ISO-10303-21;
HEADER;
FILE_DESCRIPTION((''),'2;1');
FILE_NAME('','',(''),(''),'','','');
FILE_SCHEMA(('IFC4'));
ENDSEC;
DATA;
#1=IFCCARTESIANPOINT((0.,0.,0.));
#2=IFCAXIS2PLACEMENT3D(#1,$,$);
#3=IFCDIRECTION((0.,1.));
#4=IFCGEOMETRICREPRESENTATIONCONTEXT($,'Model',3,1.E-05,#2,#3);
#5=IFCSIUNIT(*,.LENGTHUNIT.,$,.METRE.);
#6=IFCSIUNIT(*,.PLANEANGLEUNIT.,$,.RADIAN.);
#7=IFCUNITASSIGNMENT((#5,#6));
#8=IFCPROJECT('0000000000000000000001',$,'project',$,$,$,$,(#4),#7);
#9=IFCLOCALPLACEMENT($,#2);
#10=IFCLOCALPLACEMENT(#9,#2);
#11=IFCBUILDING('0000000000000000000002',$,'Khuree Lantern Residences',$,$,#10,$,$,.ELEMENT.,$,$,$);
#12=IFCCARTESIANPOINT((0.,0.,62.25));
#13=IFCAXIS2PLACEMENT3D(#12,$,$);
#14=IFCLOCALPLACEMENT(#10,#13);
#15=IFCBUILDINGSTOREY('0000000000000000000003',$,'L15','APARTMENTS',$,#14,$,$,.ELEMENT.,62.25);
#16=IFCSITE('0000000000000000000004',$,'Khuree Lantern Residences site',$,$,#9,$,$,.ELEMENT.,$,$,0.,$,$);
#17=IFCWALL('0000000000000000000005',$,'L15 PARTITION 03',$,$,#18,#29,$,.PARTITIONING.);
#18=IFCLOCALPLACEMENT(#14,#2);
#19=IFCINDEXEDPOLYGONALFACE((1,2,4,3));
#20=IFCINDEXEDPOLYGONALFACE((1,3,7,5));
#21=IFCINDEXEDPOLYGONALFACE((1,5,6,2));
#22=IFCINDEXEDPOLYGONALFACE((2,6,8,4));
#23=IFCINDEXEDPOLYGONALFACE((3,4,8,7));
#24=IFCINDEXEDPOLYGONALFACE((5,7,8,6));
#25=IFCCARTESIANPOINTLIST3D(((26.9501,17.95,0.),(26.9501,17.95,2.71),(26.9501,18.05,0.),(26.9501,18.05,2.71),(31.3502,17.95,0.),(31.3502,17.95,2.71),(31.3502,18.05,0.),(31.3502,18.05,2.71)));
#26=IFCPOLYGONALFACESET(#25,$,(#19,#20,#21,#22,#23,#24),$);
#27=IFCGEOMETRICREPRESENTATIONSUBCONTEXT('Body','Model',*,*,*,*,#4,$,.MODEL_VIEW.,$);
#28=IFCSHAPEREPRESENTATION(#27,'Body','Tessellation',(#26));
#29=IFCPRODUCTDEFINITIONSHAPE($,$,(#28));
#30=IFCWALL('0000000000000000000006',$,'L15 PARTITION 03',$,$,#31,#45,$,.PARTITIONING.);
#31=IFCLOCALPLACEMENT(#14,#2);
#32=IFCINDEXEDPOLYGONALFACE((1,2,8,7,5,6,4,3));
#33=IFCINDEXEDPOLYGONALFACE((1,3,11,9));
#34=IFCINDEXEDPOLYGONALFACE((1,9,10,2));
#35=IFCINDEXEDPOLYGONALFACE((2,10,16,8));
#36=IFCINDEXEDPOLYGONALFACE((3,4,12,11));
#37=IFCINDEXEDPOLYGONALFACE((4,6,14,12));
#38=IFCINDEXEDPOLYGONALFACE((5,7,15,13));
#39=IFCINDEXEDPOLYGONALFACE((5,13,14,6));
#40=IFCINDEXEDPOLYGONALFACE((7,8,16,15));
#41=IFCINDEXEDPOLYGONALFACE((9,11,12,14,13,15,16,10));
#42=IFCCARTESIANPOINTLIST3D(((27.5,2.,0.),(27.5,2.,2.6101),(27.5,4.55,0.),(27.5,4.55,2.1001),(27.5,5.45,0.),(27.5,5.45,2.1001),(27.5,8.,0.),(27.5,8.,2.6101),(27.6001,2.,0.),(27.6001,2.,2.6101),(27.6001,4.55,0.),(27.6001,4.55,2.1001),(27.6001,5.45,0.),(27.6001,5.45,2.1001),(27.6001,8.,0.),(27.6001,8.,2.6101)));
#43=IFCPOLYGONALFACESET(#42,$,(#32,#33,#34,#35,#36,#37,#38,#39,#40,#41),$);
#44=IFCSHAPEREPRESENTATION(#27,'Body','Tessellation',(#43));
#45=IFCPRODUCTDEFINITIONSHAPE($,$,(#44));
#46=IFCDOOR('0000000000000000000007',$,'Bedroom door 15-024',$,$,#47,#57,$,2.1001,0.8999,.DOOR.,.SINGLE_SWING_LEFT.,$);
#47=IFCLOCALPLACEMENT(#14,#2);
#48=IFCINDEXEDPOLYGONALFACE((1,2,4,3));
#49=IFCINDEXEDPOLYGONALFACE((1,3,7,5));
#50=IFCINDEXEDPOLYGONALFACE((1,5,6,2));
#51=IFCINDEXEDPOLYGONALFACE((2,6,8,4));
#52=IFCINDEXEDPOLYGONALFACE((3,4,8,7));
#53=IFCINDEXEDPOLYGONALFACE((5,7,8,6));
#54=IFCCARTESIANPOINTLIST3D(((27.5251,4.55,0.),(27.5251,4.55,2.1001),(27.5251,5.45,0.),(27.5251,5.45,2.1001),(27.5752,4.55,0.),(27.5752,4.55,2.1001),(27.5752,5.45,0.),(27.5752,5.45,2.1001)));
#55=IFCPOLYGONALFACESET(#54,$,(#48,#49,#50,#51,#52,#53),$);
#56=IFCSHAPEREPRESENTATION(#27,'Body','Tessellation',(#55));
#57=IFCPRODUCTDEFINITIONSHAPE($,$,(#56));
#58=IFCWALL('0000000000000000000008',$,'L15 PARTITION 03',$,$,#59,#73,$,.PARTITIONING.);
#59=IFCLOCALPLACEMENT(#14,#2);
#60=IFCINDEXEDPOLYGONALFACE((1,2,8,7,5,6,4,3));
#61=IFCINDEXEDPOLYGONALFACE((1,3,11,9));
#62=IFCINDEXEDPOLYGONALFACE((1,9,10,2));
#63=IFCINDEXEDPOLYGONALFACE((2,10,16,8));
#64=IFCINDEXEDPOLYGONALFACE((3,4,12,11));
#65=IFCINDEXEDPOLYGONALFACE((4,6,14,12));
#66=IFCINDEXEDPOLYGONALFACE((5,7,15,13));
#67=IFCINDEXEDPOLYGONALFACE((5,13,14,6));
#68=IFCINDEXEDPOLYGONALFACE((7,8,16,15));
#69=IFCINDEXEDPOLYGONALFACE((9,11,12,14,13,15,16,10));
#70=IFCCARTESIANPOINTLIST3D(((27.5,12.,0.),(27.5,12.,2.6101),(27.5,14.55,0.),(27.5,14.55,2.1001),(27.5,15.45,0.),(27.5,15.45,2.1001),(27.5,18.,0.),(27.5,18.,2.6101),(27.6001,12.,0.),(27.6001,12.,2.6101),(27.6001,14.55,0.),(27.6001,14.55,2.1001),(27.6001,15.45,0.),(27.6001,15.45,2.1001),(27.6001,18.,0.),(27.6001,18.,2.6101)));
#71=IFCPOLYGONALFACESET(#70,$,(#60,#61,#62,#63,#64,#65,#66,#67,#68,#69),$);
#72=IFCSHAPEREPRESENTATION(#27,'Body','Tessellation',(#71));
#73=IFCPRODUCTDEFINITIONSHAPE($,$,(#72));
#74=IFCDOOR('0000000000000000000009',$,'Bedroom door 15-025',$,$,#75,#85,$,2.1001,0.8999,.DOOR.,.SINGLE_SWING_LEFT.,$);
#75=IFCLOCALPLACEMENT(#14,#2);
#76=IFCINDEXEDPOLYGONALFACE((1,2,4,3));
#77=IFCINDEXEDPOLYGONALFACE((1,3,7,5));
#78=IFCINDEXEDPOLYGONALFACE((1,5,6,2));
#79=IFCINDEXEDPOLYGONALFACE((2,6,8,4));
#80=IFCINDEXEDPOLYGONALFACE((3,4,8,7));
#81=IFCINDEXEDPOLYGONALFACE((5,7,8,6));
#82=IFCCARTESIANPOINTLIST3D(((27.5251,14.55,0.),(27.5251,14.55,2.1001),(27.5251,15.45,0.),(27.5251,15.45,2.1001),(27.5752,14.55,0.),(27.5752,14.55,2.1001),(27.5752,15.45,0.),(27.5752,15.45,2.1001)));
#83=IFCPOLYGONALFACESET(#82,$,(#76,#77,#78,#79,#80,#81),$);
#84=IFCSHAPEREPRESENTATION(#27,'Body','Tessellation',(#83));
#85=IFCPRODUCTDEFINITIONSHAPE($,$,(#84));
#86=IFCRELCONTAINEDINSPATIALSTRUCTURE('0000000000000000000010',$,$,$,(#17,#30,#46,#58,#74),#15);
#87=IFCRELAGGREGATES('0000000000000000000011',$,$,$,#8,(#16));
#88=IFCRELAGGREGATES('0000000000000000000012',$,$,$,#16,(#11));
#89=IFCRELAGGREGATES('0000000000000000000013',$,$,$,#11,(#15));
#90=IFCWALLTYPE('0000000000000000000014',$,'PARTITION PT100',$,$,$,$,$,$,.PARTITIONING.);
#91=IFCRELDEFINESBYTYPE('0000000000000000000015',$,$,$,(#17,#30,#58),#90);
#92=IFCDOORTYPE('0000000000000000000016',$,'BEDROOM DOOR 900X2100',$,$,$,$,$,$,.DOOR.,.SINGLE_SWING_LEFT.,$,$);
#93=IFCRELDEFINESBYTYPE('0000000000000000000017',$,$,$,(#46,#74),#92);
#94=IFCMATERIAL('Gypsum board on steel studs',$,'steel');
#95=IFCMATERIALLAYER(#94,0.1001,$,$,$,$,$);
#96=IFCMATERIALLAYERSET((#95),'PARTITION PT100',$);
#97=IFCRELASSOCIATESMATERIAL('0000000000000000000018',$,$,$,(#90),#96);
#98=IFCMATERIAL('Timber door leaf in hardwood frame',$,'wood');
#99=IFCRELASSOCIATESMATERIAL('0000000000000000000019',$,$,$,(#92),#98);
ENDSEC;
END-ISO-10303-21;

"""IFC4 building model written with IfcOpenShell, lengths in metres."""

from ifc_helpers import new_model, si_unit, direction, frame, frame_2d, origin, place, context, subcontext, project, spatial, rectangle, extrude, material, layer, layer_set, type_object, element, fill, save


model = new_model("IFC4")

# Units and contexts
model_context = context("Model", 3, precision=1e-05, world=origin(), true_north=direction((0.0, 1.0)))
body_context = subcontext(model_context, "Body", "Model", "MODEL_VIEW")
ifc_project = project(units=[si_unit("LENGTHUNIT", "METRE"), si_unit("PLANEANGLEUNIT", "RADIAN")], contexts=[model_context])

# Site, building, storey
site_placement = place(None, origin())
site = spatial("IfcSite", under=ifc_project, at=site_placement, Name="Khuree Lantern Residences site", CompositionType="ELEMENT", RefElevation=0.0)
building_placement = place(site_placement, origin())
building = spatial("IfcBuilding", under=site, at=building_placement, Name="Khuree Lantern Residences", CompositionType="ELEMENT")
storey_placement = place(building_placement, frame((0.0, 0.0, 62.25)))
storey = spatial("IfcBuildingStorey", under=building, at=storey_placement, Name="L15", Description="APARTMENTS", CompositionType="ELEMENT", Elevation=62.25)

# Shared definitions
ifc_material_1 = material(Name="Timber door leaf in hardwood frame", Category="wood")

# Wall
ifc_material_2 = material(Name="Gypsum board on steel studs", Category="steel")
ifc_layer_1 = layer(ifc_material_2, 0.1001)
ifc_layer_set_1 = layer_set([ifc_layer_1], Name="PARTITION PT100")
wall_type_1 = type_object("IfcWallType", Name="PARTITION PT100", PredefinedType="PARTITIONING", material=ifc_layer_set_1)
for number, where, z_axis, x_axis, name in (
    (1, (26.95, 18.0, 0.0), (0.0, 0.0, 1.0), (1.0, 0.0, 0.0), "L15 PARTITION 03"),
):
    element("IfcWall", number, at=place(storey_placement, frame(where, z_axis=z_axis, x_axis=x_axis)), inside=storey, type_object=wall_type_1, Name=name, PredefinedType="PARTITIONING", context=body_context, shape_type="SweptSolid", body=[
        extrude(rectangle(XDim=4.4001, YDim=0.1001, at=frame_2d((2.2002, 0.0))), origin(), (0.0, 0.0, 1.0), 2.71),
    ])

# Walls, openings, doors
wall_1_placement = place(storey_placement, frame((27.55, 2.0, 0.0), z_axis=(0.0, 0.0, 1.0), x_axis=(0.0, 1.0, 0.0)))
wall_1 = element("IfcWall", 2, at=wall_1_placement, inside=storey, type_object=wall_type_1, Name="L15 PARTITION 03", PredefinedType="PARTITIONING", context=body_context, shape_type="SweptSolid", body=[
    extrude(rectangle(XDim=6.0, YDim=0.1001, at=frame_2d((3.0, 0.0))), origin(), (0.0, 0.0, 1.0), 2.6101),
])
opening_1_placement = place(wall_1_placement, frame((2.55, 0.0, 0.0)))
opening_1 = element("IfcOpeningElement", 3, at=opening_1_placement, cuts=wall_1, PredefinedType="OPENING", context=body_context, shape_type="SweptSolid", body=[
    extrude(rectangle(XDim=0.8999, YDim=2.1001, at=frame_2d((0.45, 1.05))), frame((0.0, 0.0601, 0.0), z_axis=(0.0, -1.0, 0.0), x_axis=(1.0, 0.0, 0.0)), (0.0, 0.0, 1.0), 0.1201),
])
door_type_1 = type_object("IfcDoorType", Name="BEDROOM DOOR 900X2100", OperationType="SINGLE_SWING_LEFT", PredefinedType="DOOR", material=ifc_material_1)
door_1_placement = place(opening_1_placement, origin())
door_1 = element("IfcDoor", 4, at=door_1_placement, inside=storey, type_object=door_type_1, Name="Bedroom door 15-024", OperationType="SINGLE_SWING_LEFT", OverallHeight=2.1001, OverallWidth=0.8999, PredefinedType="DOOR", context=body_context, shape_type="SweptSolid", body=[
    extrude(rectangle(XDim=0.8999, YDim=2.1001, at=frame_2d((0.45, 1.05))), frame((0.0, 0.0249, 0.0), z_axis=(0.0, -1.0, 0.0), x_axis=(1.0, 0.0, 0.0)), (0.0, 0.0, 1.0), 0.05),
])
fill(opening_1, door_1)
wall_2_placement = place(storey_placement, frame((27.55, 12.0, 0.0), z_axis=(0.0, 0.0, 1.0), x_axis=(0.0, 1.0, 0.0)))
wall_2 = element("IfcWall", 5, at=wall_2_placement, inside=storey, type_object=wall_type_1, Name="L15 PARTITION 03", PredefinedType="PARTITIONING", context=body_context, shape_type="SweptSolid", body=[
    extrude(rectangle(XDim=6.0, YDim=0.1001, at=frame_2d((3.0, 0.0))), origin(), (0.0, 0.0, 1.0), 2.6101),
])
opening_2_placement = place(wall_2_placement, frame((2.55, 0.0, 0.0)))
opening_2 = element("IfcOpeningElement", 6, at=opening_2_placement, cuts=wall_2, PredefinedType="OPENING", context=body_context, shape_type="SweptSolid", body=[
    extrude(rectangle(XDim=0.8999, YDim=2.1001, at=frame_2d((0.45, 1.05))), frame((0.0, 0.0601, 0.0), z_axis=(0.0, -1.0, 0.0), x_axis=(1.0, 0.0, 0.0)), (0.0, 0.0, 1.0), 0.1201),
])
door_2_placement = place(opening_2_placement, origin())
door_2 = element("IfcDoor", 7, at=door_2_placement, inside=storey, type_object=door_type_1, Name="Bedroom door 15-025", OperationType="SINGLE_SWING_LEFT", OverallHeight=2.1001, OverallWidth=0.8999, PredefinedType="DOOR", context=body_context, shape_type="SweptSolid", body=[
    extrude(rectangle(XDim=0.8999, YDim=2.1001, at=frame_2d((0.45, 1.05))), frame((0.0, 0.0249, 0.0), z_axis=(0.0, -1.0, 0.0), x_axis=(1.0, 0.0, 0.0)), (0.0, 0.0, 1.0), 0.05),
])
fill(opening_2, door_2)

save(model, "model.ifc")
